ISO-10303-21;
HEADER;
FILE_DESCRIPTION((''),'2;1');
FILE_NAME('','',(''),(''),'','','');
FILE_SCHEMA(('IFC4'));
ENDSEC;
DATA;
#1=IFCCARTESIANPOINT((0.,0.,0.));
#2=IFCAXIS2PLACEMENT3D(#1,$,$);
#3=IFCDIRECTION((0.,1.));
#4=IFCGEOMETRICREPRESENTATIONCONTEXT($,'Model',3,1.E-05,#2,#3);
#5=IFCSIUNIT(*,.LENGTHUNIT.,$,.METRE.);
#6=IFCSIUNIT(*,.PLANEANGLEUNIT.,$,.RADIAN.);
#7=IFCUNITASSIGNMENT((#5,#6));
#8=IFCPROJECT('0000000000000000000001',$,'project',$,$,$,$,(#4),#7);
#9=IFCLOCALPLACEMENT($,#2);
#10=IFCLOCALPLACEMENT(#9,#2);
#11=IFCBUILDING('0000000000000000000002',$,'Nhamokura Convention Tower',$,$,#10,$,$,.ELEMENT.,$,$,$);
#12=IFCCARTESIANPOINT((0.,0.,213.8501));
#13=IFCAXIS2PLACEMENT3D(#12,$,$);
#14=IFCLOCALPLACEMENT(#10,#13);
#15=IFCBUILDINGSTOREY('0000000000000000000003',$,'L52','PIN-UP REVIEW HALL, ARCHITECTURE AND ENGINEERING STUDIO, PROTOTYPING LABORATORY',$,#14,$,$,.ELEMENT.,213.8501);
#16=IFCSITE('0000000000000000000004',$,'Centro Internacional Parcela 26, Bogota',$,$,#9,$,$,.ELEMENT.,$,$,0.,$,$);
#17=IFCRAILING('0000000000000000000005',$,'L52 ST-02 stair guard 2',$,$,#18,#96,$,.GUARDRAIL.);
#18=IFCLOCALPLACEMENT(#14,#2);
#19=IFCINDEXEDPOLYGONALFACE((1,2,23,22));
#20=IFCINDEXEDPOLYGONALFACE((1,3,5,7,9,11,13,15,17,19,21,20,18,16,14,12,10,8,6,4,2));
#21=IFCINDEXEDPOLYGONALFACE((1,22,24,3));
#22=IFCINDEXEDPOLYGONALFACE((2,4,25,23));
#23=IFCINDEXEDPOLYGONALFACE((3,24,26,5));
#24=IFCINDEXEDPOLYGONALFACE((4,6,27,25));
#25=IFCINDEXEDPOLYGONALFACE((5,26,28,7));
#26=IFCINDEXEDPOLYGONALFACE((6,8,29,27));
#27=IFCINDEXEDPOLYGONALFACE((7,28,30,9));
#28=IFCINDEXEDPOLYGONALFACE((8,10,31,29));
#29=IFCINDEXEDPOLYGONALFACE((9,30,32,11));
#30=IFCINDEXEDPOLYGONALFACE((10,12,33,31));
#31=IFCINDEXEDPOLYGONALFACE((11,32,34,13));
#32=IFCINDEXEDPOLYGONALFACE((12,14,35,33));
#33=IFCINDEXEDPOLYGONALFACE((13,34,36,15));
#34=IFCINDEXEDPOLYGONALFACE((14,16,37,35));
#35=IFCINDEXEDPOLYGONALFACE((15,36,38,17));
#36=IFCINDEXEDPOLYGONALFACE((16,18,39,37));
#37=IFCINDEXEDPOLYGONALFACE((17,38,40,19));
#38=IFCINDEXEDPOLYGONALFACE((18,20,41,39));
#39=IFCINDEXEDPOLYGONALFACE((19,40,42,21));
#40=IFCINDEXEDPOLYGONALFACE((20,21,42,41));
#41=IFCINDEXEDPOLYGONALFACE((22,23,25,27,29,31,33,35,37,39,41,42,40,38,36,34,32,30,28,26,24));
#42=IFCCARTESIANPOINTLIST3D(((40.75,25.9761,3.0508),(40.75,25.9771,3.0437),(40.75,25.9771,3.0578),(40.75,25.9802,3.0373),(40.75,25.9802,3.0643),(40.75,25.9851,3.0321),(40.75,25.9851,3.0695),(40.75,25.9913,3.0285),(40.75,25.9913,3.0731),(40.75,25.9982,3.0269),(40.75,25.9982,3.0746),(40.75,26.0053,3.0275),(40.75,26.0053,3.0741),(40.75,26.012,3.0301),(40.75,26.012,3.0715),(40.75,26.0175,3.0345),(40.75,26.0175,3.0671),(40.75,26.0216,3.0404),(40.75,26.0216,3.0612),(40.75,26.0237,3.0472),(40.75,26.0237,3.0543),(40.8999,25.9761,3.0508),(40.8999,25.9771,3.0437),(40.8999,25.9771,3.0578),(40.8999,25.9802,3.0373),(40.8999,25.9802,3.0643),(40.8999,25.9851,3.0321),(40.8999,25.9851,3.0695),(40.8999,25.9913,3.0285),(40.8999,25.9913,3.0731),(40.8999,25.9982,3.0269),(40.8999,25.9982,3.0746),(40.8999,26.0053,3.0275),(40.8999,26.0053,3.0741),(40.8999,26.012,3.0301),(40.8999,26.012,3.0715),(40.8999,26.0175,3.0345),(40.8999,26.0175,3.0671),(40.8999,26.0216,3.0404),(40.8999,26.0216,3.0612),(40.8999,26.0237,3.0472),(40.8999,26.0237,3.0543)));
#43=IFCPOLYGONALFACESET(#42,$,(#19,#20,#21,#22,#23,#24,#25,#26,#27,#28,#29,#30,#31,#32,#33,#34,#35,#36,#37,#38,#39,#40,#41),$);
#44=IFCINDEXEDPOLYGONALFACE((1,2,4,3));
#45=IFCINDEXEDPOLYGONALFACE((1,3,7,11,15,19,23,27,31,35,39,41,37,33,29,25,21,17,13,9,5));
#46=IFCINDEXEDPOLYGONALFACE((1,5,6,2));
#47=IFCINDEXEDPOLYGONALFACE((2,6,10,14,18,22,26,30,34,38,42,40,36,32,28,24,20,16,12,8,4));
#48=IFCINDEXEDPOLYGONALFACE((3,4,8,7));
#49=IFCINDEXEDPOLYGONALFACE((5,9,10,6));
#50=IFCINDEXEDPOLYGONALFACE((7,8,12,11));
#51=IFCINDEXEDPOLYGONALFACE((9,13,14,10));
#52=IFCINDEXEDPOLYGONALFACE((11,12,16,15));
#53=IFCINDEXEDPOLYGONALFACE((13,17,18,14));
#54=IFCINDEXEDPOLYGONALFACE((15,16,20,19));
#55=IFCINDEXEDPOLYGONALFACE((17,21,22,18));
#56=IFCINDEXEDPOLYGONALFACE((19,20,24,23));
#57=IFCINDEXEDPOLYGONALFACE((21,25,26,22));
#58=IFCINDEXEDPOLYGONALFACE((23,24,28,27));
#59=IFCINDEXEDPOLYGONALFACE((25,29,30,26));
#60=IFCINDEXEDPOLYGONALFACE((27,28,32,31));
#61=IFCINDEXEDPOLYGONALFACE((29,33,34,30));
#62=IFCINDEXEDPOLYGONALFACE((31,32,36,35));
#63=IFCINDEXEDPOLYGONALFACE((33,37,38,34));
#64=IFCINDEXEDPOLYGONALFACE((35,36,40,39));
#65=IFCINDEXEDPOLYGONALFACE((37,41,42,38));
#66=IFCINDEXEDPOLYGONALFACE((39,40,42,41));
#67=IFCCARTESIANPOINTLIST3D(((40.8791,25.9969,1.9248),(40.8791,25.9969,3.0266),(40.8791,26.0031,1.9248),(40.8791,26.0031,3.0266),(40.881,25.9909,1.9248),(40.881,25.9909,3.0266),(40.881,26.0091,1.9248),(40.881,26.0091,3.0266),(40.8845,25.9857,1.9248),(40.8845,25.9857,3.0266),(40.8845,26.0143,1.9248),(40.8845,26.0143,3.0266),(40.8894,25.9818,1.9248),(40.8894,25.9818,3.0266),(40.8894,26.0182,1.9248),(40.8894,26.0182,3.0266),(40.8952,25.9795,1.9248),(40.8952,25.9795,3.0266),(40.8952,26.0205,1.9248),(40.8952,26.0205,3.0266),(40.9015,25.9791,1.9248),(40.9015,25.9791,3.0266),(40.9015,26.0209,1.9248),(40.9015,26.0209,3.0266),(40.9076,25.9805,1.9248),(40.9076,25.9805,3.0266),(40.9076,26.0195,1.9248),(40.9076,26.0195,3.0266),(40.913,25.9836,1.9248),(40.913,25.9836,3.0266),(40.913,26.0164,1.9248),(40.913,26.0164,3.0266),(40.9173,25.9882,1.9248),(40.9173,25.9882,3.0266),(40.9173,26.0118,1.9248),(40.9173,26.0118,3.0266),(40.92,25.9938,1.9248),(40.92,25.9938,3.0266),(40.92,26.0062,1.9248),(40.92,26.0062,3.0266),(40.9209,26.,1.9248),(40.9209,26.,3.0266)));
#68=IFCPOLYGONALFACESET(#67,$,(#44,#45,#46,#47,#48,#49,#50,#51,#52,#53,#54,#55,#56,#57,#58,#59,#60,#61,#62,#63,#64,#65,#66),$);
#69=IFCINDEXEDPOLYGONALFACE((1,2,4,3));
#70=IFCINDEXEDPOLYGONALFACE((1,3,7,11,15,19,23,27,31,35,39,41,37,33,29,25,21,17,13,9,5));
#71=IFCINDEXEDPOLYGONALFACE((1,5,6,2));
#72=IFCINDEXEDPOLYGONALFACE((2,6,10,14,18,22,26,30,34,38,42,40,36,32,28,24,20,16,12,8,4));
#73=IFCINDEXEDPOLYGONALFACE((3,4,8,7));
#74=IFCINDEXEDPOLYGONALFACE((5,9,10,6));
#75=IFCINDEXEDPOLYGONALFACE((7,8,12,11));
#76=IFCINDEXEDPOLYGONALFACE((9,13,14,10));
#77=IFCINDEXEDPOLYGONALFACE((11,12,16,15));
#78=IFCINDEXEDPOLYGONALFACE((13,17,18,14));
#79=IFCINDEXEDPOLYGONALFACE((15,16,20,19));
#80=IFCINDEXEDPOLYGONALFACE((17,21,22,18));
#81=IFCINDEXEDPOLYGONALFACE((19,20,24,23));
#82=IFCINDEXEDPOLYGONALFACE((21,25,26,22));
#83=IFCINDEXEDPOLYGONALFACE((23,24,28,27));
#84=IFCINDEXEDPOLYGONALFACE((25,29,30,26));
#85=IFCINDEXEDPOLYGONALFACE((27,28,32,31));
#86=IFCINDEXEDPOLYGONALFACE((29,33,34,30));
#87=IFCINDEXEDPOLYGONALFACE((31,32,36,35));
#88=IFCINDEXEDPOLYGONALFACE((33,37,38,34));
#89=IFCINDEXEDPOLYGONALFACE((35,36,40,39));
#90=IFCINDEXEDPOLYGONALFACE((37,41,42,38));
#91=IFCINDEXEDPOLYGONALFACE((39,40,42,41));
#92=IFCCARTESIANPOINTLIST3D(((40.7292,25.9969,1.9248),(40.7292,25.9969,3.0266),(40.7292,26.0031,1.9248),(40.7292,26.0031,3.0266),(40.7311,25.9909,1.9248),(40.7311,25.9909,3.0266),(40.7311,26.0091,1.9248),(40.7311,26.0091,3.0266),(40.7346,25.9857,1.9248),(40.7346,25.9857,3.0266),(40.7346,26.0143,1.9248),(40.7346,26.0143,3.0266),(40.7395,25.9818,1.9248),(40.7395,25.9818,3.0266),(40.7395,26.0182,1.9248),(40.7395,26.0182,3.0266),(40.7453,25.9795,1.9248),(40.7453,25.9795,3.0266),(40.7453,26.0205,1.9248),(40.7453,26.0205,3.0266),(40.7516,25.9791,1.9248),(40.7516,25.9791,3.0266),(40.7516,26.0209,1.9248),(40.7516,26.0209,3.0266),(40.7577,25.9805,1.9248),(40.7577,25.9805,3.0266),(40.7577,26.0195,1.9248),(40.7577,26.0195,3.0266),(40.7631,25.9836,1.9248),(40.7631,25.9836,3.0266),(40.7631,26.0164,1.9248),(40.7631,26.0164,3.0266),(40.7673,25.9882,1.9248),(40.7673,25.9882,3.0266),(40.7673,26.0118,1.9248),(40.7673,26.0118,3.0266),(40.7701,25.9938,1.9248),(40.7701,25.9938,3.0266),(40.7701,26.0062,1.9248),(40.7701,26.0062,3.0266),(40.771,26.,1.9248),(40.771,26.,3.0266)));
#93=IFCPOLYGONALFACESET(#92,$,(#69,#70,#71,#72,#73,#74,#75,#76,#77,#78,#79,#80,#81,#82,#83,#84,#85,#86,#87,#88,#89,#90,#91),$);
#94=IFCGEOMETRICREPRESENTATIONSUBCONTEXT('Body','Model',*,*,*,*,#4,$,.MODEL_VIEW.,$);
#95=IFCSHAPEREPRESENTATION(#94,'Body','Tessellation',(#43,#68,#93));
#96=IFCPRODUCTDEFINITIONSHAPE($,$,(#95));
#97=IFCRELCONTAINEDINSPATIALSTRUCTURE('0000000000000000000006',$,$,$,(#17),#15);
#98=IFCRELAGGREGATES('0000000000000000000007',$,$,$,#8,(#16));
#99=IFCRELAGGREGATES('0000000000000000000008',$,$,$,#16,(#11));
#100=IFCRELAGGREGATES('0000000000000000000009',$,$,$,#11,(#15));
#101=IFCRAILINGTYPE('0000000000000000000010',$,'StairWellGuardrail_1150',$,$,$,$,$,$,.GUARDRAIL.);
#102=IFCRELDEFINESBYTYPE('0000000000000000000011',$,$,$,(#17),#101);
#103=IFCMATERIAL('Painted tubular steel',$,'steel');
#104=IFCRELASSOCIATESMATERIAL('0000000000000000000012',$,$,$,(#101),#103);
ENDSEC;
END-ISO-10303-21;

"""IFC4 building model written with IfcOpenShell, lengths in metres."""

from ifc_helpers import new_model, si_unit, direction, frame, origin, origin_2d, place, context, subcontext, project, spatial, circle, extrude, material, type_object, element, save


model = new_model("IFC4")

# Units and contexts
model_context = context("Model", 3, precision=1e-05, world=origin(), true_north=direction((0.0, 1.0)))
body_context = subcontext(model_context, "Body", "Model", "MODEL_VIEW")
ifc_project = project(units=[si_unit("LENGTHUNIT", "METRE"), si_unit("PLANEANGLEUNIT", "RADIAN")], contexts=[model_context])

# Site, building, storey
site_placement = place(None, origin())
site = spatial("IfcSite", under=ifc_project, at=site_placement, Name="Centro Internacional Parcela 26, Bogota", CompositionType="ELEMENT", RefElevation=0.0)
building_placement = place(site_placement, origin())
building = spatial("IfcBuilding", under=site, at=building_placement, Name="Nhamokura Convention Tower", CompositionType="ELEMENT")
storey_placement = place(building_placement, frame((0.0, 0.0, 213.8501)))
storey = spatial("IfcBuildingStorey", under=building, at=storey_placement, Name="L52", Description="PIN-UP REVIEW HALL, ARCHITECTURE AND ENGINEERING STUDIO, PROTOTYPING LABORATORY", CompositionType="ELEMENT", Elevation=213.8501)

# Railing
ifc_material_1 = material(Name="Painted tubular steel", Category="steel")
railing_type_1 = type_object("IfcRailingType", Name="StairWellGuardrail_1150", PredefinedType="GUARDRAIL", material=ifc_material_1)
railing_1_placement = place(storey_placement, frame((40.8999, 26.0, 1.9248)))
element("IfcRailing", 1, at=railing_1_placement, inside=storey, type_object=railing_type_1, Name="L52 ST-02 stair guard 2", PredefinedType="GUARDRAIL", context=body_context, shape_type="SweptSolid", body=[
    extrude(circle(Radius=0.0239, at=origin_2d()), frame((0.0, 0.0, 1.126), z_axis=(-1.0, 0.0, 0.0), x_axis=(0.0, -1.0, 0.0)), (0.0, 0.0, 1.0), 0.1499),
    extrude(circle(Radius=0.021, at=origin_2d()), origin(), (0.0, 0.0, 1.0), 1.1018),
    extrude(circle(Radius=0.021, at=origin_2d()), frame((-0.1499, 0.0, 0.0)), (0.0, 0.0, 1.0), 1.1018),
])

save(model, "model.ifc")
